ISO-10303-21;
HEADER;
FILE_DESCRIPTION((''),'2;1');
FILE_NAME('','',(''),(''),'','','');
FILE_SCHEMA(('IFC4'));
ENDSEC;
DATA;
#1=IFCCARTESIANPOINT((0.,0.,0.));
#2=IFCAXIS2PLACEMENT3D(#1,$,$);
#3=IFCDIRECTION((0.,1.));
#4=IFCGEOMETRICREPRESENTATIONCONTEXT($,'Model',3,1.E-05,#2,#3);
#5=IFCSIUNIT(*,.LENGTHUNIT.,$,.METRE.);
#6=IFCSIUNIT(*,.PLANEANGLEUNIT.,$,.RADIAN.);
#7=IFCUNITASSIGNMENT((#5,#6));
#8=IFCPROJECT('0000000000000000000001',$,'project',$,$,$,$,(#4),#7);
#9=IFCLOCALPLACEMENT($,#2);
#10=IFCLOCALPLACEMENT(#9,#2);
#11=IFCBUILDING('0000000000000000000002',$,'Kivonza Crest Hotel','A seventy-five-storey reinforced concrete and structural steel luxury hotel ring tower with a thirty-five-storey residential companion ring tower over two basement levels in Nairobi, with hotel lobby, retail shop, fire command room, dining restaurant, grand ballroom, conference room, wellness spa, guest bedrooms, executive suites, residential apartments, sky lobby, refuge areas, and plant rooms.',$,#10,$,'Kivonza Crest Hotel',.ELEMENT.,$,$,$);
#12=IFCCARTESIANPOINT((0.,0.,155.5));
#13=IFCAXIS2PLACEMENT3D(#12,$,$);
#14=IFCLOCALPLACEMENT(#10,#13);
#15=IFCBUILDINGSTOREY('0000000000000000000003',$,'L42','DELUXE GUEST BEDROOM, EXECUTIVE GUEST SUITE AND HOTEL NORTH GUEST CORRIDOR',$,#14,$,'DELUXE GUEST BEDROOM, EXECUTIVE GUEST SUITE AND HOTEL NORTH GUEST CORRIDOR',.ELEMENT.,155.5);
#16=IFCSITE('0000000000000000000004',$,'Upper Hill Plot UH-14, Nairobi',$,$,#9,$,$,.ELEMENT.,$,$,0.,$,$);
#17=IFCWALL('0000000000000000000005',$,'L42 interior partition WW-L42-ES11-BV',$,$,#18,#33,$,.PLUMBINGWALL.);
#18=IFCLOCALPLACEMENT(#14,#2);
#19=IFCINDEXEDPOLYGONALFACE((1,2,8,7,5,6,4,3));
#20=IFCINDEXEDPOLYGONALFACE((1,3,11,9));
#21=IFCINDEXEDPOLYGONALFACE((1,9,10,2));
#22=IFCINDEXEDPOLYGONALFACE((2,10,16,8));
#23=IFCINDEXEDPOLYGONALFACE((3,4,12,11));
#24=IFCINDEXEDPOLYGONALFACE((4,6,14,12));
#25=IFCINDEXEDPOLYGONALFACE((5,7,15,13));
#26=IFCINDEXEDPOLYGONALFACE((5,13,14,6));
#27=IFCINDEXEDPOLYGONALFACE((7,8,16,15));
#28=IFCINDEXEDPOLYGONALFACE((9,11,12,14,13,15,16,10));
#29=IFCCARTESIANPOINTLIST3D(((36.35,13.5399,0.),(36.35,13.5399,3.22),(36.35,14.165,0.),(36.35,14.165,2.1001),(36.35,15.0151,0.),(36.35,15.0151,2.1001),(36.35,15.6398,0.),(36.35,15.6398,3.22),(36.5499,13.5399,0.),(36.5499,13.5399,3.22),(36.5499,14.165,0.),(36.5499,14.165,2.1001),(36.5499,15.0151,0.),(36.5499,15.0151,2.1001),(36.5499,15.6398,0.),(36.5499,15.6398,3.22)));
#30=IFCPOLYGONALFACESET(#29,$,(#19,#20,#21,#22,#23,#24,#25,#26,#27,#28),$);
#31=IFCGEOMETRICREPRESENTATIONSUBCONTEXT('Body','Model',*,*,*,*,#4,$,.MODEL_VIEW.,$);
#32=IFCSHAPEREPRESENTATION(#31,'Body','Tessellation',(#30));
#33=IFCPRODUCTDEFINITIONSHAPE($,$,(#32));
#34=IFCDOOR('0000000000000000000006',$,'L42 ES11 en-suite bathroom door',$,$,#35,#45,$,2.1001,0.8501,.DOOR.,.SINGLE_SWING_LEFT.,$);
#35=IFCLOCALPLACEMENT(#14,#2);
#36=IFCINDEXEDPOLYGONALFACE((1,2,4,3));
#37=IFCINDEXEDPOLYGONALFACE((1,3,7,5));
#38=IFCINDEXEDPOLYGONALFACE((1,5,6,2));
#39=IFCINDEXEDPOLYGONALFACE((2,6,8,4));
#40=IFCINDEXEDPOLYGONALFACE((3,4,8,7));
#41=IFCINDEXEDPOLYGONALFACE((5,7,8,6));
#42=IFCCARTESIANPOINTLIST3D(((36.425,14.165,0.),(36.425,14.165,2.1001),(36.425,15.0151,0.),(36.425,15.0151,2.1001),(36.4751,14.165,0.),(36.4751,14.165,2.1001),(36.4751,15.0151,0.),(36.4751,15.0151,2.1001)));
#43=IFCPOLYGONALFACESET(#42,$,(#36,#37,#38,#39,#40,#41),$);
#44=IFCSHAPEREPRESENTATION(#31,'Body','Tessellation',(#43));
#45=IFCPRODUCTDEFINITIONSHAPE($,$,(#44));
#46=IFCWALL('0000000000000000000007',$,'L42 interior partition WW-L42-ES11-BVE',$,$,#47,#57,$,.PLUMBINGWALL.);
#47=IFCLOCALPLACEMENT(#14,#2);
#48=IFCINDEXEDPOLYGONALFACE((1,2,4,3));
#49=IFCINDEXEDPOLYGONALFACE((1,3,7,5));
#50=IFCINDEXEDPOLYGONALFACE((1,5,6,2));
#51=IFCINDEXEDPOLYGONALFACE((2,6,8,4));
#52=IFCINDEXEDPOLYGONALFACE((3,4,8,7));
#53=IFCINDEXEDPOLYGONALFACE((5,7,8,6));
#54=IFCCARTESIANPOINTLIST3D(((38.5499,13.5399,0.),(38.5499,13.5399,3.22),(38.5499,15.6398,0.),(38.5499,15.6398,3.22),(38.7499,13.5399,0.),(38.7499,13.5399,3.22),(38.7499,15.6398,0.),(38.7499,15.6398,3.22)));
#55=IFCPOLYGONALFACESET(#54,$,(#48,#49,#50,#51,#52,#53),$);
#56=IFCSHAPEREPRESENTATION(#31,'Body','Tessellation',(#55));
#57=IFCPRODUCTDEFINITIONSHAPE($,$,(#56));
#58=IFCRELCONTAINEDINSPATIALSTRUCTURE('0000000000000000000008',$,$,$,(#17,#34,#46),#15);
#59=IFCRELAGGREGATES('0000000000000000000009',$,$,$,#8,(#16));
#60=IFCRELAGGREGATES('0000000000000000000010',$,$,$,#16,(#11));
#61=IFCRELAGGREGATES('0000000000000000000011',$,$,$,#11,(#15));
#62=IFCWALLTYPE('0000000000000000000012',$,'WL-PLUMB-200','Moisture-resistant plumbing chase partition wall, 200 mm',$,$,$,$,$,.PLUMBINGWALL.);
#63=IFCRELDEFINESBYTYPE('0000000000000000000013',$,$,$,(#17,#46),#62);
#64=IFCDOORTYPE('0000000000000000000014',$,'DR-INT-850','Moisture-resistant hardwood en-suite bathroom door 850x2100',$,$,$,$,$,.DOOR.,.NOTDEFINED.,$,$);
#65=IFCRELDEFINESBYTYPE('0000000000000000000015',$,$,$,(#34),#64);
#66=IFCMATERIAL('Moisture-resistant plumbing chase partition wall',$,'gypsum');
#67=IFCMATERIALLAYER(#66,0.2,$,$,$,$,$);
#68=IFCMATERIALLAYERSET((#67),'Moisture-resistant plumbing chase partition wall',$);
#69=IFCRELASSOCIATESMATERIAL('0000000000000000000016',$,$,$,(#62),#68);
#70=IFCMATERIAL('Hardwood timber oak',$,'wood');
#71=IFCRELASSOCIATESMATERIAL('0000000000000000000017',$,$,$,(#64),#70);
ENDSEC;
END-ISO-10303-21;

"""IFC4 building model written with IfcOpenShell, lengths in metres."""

from ifc_helpers import new_model, si_unit, direction, frame, frame_2d, origin, place, context, subcontext, project, spatial, rectangle, extrude, material, layer, layer_set, type_object, element, fill, save


model = new_model("IFC4")

# Units and contexts
model_context = context("Model", 3, precision=1e-05, world=origin(), true_north=direction((0.0, 1.0)))
body_context = subcontext(model_context, "Body", "Model", "MODEL_VIEW")
ifc_project = project(units=[si_unit("LENGTHUNIT", "METRE"), si_unit("PLANEANGLEUNIT", "RADIAN")], contexts=[model_context])

# Site, building, storey
site_placement = place(None, origin())
site = spatial("IfcSite", under=ifc_project, at=site_placement, Name="Upper Hill Plot UH-14, Nairobi", CompositionType="ELEMENT", RefElevation=0.0)
building_placement = place(site_placement, origin())
building = spatial("IfcBuilding", under=site, at=building_placement, Name="Kivonza Crest Hotel", Description="A seventy-five-storey reinforced concrete and structural steel luxury hotel ring tower with a thirty-five-storey residential companion ring tower over two basement levels in Nairobi, with hotel lobby, retail shop, fire command room, dining restaurant, grand ballroom, conference room, wellness spa, guest bedrooms, executive suites, residential apartments, sky lobby, refuge areas, and plant rooms.", LongName="Kivonza Crest Hotel", CompositionType="ELEMENT")
storey_placement = place(building_placement, frame((0.0, 0.0, 155.5)))
storey = spatial("IfcBuildingStorey", under=building, at=storey_placement, Name="L42", Description="DELUXE GUEST BEDROOM, EXECUTIVE GUEST SUITE AND HOTEL NORTH GUEST CORRIDOR", LongName="DELUXE GUEST BEDROOM, EXECUTIVE GUEST SUITE AND HOTEL NORTH GUEST CORRIDOR", CompositionType="ELEMENT", Elevation=155.5)

# Shared definitions
ifc_material_1 = material(Name="Hardwood timber oak", Category="wood")

# Wall, opening, door
ifc_material_2 = material(Name="Moisture-resistant plumbing chase partition wall", Category="gypsum")
ifc_layer_1 = layer(ifc_material_2, 0.2)
ifc_layer_set_1 = layer_set([ifc_layer_1], Name="Moisture-resistant plumbing chase partition wall")
wall_type_1 = type_object("IfcWallType", Name="WL-PLUMB-200", Description="Moisture-resistant plumbing chase partition wall, 200 mm", PredefinedType="PLUMBINGWALL", material=ifc_layer_set_1)
wall_1_placement = place(storey_placement, frame((36.45, 13.54, 0.0), z_axis=(0.0, 0.0, 1.0), x_axis=(0.0, 1.0, 0.0)))
wall_1 = element("IfcWall", 1, at=wall_1_placement, inside=storey, type_object=wall_type_1, Name="L42 interior partition WW-L42-ES11-BV", PredefinedType="PLUMBINGWALL", context=body_context, shape_type="SweptSolid", body=[
    extrude(rectangle(XDim=2.0999, YDim=0.2, at=frame_2d((1.0498, 0.0))), origin(), (0.0, 0.0, 1.0), 3.22),
])
opening_1_placement = place(wall_1_placement, frame((0.625, 0.0, 0.0)))
opening_1 = element("IfcOpeningElement", 2, at=opening_1_placement, cuts=wall_1, PredefinedType="OPENING", context=body_context, shape_type="SweptSolid", body=[
    extrude(rectangle(XDim=0.8501, YDim=2.1001, at=frame_2d((0.425, 1.05))), frame((0.0, 0.1099, 0.0), z_axis=(0.0, -1.0, 0.0), x_axis=(1.0, 0.0, 0.0)), (0.0, 0.0, 1.0), 0.22),
])
door_type_1 = type_object("IfcDoorType", Name="DR-INT-850", Description="Moisture-resistant hardwood en-suite bathroom door 850x2100", OperationType="NOTDEFINED", PredefinedType="DOOR", material=ifc_material_1)
door_1_placement = place(opening_1_placement, origin())
door_1 = element("IfcDoor", 3, at=door_1_placement, inside=storey, type_object=door_type_1, Name="L42 ES11 en-suite bathroom door", OperationType="SINGLE_SWING_LEFT", OverallHeight=2.1001, OverallWidth=0.8501, PredefinedType="DOOR", context=body_context, shape_type="SweptSolid", body=[
    extrude(rectangle(XDim=0.8501, YDim=2.1001, at=frame_2d((0.425, 1.05))), frame((0.0, 0.0249, 0.0), z_axis=(0.0, -1.0, 0.0), x_axis=(1.0, 0.0, 0.0)), (0.0, 0.0, 1.0), 0.05),
])
fill(opening_1, door_1)

# Wall
wall_2_placement = place(storey_placement, frame((38.6499, 13.54, 0.0), z_axis=(0.0, 0.0, 1.0), x_axis=(0.0, 1.0, 0.0)))
element("IfcWall", 4, at=wall_2_placement, inside=storey, type_object=wall_type_1, Name="L42 interior partition WW-L42-ES11-BVE", PredefinedType="PLUMBINGWALL", context=body_context, shape_type="SweptSolid", body=[
    extrude(rectangle(XDim=2.0999, YDim=0.2, at=frame_2d((1.0498, 0.0))), origin(), (0.0, 0.0, 1.0), 3.22),
])

save(model, "model.ifc")
